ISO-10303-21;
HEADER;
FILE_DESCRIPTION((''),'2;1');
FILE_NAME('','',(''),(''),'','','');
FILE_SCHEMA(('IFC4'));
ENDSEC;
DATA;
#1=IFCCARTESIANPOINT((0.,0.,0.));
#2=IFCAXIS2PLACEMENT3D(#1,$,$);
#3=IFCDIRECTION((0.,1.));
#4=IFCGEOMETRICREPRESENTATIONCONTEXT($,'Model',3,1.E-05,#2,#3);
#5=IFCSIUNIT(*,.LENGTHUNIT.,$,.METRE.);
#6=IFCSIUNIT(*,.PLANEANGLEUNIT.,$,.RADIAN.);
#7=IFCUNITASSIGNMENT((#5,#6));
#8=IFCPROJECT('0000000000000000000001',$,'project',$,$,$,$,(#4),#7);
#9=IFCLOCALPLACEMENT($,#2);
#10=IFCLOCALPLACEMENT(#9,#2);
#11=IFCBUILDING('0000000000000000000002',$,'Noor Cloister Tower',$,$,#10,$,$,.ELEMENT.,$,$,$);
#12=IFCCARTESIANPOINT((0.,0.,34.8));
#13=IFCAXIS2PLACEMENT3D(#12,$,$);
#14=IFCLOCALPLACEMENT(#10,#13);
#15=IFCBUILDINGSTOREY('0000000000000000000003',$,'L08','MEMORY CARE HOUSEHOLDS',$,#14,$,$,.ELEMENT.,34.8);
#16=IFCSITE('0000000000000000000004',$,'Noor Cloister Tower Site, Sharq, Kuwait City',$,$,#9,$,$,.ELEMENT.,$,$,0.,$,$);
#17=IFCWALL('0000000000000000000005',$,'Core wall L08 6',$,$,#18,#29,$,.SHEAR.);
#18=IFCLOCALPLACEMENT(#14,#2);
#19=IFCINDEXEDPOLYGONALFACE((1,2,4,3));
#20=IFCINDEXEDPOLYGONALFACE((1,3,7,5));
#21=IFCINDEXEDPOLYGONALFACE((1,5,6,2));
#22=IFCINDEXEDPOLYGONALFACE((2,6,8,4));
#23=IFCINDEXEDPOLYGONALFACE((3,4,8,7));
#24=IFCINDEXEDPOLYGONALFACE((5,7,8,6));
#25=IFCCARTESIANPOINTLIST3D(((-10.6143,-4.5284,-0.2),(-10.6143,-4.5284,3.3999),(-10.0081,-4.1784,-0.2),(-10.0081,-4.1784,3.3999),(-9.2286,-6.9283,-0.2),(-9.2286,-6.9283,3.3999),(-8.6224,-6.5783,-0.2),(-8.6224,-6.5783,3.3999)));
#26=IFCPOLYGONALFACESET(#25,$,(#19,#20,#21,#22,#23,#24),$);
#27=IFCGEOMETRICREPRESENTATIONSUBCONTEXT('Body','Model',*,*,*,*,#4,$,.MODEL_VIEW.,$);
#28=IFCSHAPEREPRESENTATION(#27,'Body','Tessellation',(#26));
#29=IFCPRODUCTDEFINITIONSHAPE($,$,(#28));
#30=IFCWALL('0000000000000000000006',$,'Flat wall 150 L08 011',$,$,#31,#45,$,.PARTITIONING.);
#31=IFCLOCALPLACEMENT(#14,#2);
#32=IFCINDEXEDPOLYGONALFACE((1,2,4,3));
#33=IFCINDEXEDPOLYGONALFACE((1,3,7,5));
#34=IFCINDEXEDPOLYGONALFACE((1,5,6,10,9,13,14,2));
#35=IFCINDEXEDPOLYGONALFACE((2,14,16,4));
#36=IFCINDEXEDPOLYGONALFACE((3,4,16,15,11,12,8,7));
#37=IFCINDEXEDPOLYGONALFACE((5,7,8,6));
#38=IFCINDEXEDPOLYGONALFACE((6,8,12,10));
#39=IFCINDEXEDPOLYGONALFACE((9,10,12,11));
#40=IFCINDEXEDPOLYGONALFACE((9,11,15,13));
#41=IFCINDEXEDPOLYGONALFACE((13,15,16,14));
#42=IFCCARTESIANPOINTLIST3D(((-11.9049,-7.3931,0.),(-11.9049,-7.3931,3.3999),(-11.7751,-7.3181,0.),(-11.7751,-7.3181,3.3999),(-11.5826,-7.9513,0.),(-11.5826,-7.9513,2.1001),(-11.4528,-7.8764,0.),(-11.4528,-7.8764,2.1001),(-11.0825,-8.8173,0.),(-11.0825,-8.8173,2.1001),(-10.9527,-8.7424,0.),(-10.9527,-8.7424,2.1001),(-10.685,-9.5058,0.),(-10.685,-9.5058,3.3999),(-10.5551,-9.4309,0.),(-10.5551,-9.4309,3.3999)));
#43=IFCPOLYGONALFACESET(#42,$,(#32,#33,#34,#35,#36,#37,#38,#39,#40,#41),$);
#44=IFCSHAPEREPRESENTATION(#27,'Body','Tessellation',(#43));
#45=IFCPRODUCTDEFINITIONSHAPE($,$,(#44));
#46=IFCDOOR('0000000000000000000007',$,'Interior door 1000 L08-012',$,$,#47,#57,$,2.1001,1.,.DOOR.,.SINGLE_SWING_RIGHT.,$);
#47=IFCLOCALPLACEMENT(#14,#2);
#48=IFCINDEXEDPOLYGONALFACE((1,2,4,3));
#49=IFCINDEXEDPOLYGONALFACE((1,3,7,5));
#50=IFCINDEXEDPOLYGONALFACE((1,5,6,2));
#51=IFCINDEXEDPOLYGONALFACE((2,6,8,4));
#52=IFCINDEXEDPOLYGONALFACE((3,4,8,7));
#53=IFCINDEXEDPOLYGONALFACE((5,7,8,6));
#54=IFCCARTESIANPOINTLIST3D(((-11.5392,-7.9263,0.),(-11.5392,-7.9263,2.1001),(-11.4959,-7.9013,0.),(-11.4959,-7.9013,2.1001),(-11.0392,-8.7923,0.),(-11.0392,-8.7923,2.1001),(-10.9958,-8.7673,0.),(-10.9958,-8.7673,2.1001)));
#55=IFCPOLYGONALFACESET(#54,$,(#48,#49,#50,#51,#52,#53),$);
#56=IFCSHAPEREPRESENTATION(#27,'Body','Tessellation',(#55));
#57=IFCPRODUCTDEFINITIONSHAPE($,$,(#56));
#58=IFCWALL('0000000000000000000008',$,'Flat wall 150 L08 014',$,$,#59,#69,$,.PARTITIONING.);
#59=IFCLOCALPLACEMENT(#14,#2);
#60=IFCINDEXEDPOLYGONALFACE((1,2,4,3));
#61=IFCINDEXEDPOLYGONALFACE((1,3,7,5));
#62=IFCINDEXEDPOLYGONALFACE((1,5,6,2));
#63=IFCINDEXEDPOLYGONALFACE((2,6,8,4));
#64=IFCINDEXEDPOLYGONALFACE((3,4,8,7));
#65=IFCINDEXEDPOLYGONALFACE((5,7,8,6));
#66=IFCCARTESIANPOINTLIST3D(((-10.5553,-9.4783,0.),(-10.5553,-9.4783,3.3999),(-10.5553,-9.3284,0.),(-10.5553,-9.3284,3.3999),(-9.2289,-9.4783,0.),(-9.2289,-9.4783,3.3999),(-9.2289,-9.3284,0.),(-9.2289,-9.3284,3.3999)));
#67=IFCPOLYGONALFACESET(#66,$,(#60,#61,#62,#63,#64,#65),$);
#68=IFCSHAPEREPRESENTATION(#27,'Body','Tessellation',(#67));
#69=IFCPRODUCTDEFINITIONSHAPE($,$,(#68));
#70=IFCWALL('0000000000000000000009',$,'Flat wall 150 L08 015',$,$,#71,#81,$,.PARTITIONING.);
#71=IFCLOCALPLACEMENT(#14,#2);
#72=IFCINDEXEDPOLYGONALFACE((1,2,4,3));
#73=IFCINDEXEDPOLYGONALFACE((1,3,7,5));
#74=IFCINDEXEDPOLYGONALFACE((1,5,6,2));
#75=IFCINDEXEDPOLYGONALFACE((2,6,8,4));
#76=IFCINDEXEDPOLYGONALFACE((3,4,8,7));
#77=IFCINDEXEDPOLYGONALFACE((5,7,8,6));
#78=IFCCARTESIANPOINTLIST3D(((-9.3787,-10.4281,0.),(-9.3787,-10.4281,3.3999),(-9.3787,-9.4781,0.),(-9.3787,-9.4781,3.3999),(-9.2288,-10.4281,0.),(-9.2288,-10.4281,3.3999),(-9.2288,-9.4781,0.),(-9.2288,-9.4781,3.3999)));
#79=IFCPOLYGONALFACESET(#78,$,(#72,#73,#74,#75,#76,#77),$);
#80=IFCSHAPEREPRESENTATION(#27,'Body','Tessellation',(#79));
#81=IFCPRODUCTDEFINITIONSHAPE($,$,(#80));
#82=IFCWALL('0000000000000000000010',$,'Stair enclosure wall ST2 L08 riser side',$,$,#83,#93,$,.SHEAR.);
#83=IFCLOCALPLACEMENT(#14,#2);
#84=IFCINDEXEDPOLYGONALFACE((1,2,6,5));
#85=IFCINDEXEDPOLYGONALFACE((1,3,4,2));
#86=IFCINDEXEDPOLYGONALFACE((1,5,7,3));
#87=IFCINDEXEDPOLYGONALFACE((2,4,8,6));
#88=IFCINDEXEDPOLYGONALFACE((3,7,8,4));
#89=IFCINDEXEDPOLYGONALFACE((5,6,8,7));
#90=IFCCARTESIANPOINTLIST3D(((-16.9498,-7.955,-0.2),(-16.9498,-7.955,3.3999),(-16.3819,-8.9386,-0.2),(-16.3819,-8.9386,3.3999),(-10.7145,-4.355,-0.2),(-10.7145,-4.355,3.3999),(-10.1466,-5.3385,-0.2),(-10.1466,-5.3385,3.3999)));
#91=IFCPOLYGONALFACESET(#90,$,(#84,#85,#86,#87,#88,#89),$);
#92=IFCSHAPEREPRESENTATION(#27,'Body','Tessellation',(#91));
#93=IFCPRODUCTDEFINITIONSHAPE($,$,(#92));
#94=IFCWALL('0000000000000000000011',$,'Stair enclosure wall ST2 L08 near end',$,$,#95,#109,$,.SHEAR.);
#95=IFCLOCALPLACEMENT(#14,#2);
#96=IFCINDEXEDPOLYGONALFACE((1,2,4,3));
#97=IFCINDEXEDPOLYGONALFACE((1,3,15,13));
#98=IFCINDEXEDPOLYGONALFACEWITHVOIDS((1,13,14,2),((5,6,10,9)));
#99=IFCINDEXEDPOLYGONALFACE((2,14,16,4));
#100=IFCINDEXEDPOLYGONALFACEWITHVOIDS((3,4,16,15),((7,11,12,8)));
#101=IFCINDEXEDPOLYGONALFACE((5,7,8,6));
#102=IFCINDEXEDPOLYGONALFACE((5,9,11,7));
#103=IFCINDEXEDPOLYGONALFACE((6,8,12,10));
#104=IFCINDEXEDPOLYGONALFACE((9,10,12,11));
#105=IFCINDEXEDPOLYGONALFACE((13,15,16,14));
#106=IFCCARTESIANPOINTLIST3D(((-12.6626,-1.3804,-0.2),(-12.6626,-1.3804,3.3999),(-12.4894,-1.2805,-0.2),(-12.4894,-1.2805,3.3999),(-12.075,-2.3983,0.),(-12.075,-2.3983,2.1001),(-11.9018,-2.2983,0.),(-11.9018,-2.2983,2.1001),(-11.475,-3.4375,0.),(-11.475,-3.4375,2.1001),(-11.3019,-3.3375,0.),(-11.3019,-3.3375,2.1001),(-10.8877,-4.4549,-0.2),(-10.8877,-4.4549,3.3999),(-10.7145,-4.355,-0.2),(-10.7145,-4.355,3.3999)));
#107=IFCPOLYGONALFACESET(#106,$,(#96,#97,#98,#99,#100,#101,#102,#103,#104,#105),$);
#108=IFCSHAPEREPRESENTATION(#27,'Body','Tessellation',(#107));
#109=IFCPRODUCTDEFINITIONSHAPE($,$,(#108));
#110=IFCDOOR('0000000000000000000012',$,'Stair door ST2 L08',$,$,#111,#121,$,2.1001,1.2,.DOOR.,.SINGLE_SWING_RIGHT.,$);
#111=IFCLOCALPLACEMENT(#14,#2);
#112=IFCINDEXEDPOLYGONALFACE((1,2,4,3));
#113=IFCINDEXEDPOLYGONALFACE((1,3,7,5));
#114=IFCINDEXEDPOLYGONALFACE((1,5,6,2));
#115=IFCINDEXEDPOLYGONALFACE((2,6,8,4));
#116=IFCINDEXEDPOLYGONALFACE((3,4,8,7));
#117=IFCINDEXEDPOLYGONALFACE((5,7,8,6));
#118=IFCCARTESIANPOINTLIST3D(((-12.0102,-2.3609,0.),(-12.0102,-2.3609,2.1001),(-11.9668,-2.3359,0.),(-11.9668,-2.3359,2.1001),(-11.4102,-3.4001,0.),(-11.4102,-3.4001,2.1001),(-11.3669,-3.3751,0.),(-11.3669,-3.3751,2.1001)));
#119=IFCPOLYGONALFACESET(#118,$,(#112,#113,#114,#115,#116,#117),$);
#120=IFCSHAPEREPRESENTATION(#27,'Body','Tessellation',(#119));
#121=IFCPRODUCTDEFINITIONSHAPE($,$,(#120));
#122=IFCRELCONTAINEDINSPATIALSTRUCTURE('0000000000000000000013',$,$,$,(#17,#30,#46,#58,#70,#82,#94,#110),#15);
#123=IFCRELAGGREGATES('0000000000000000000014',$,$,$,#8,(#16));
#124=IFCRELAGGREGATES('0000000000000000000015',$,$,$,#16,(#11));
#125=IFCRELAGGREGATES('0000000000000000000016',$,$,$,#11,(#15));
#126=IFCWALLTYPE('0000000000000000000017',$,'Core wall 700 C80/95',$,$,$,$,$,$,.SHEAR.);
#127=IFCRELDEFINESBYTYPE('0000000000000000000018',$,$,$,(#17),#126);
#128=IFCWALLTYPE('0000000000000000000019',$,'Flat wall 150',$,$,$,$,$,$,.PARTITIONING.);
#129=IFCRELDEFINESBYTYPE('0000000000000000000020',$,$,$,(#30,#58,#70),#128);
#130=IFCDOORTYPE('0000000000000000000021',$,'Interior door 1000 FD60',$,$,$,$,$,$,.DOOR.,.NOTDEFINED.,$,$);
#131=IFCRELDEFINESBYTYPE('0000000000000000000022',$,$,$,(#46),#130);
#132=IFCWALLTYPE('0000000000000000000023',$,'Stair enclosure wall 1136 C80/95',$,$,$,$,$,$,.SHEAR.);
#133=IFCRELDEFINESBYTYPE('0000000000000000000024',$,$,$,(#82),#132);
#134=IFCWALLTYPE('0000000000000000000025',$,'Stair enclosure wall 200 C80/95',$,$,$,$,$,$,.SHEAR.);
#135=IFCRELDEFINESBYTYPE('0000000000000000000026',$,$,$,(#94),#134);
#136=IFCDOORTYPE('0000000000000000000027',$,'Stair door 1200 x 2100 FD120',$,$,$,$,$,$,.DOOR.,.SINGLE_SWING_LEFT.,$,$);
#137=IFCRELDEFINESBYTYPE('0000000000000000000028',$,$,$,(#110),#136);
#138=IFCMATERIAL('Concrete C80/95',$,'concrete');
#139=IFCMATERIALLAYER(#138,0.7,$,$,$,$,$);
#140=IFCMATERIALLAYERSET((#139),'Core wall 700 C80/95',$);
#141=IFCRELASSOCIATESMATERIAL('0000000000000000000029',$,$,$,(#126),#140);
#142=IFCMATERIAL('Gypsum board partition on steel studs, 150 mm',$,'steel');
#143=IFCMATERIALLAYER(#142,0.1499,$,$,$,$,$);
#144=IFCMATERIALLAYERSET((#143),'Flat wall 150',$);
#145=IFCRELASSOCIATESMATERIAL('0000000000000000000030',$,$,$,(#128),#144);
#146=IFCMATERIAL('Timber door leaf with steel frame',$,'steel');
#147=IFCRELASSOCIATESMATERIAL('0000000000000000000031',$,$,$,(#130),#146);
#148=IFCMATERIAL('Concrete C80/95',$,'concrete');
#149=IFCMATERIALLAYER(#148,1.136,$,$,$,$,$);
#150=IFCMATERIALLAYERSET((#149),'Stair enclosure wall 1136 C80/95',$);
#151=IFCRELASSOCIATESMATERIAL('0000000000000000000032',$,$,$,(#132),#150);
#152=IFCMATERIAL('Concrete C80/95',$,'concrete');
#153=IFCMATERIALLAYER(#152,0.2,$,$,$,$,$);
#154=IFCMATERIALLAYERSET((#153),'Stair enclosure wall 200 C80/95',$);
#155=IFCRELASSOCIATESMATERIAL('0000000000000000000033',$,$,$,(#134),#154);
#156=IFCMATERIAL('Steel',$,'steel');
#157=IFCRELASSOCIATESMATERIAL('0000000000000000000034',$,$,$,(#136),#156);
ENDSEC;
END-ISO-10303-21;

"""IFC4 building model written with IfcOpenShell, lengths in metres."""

from ifc_helpers import new_model, si_unit, direction, frame, frame_2d, origin, place, context, subcontext, project, spatial, rectangle, extrude, material, layer, layer_set, type_object, element, fill, save


model = new_model("IFC4")

# Units and contexts
model_context = context("Model", 3, precision=1e-05, world=origin(), true_north=direction((0.0, 1.0)))
body_context = subcontext(model_context, "Body", "Model", "MODEL_VIEW")
ifc_project = project(units=[si_unit("LENGTHUNIT", "METRE"), si_unit("PLANEANGLEUNIT", "RADIAN")], contexts=[model_context])

# Site, building, storey
site_placement = place(None, origin())
site = spatial("IfcSite", under=ifc_project, at=site_placement, Name="Noor Cloister Tower Site, Sharq, Kuwait City", CompositionType="ELEMENT", RefElevation=0.0)
building_placement = place(site_placement, origin())
building = spatial("IfcBuilding", under=site, at=building_placement, Name="Noor Cloister Tower", CompositionType="ELEMENT")
storey_placement = place(building_placement, frame((0.0, 0.0, 34.8)))
storey = spatial("IfcBuildingStorey", under=building, at=storey_placement, Name="L08", Description="MEMORY CARE HOUSEHOLDS", CompositionType="ELEMENT", Elevation=34.8)

# Shared definitions
ifc_material_1 = material(Name="Concrete C80/95", Category="concrete")
ifc_layer_1 = layer(ifc_material_1, 0.7)
ifc_layer_set_1 = layer_set([ifc_layer_1], Name="Core wall 700 C80/95")
wall_type_1 = type_object("IfcWallType", Name="Core wall 700 C80/95", PredefinedType="SHEAR", material=ifc_layer_set_1)

# Wall
wall_1_placement = place(storey_placement, frame((-10.3113, -4.3533, -0.2), z_axis=(0.0, 0.0, 1.0), x_axis=(0.500043, -0.866001, 0.0)))
element("IfcWall", 1, at=wall_1_placement, inside=storey, type_object=wall_type_1, Name="Core wall L08 6", PredefinedType="SHEAR", context=body_context, shape_type="SweptSolid", body=[
    extrude(rectangle(XDim=2.7712, YDim=0.7, at=frame_2d((1.3857, 0.0))), origin(), (0.0, 0.0, 1.0), 3.5999),
])

# Wall, opening, door
ifc_material_2 = material(Name="Gypsum board partition on steel studs, 150 mm", Category="steel")
ifc_layer_2 = layer(ifc_material_2, 0.1499)
ifc_layer_set_2 = layer_set([ifc_layer_2], Name="Flat wall 150")
wall_type_2 = type_object("IfcWallType", Name="Flat wall 150", PredefinedType="PARTITIONING", material=ifc_layer_set_2)
wall_2_placement = place(storey_placement, frame((-10.6201, -9.4683, 0.0), z_axis=(0.0, 0.0, 1.0), x_axis=(-0.500046, 0.865999, 0.0)))
wall_2 = element("IfcWall", 2, at=wall_2_placement, inside=storey, type_object=wall_type_2, Name="Flat wall 150 L08 011", PredefinedType="PARTITIONING", context=body_context, shape_type="SweptSolid", body=[
    extrude(rectangle(XDim=2.4397, YDim=0.1499, at=frame_2d((1.2197, 0.0))), origin(), (0.0, 0.0, 1.0), 3.3999),
])
opening_1_placement = place(wall_2_placement, frame((0.7949, 0.0, 0.0)))
opening_1 = element("IfcOpeningElement", 3, at=opening_1_placement, cuts=wall_2, PredefinedType="OPENING", context=body_context, shape_type="SweptSolid", body=[
    extrude(rectangle(XDim=1.0, YDim=2.1001, at=frame_2d((0.5, 1.05))), frame((0.0, 0.085, 0.0), z_axis=(0.0, -1.0, 0.0), x_axis=(1.0, 0.0, 0.0)), (0.0, 0.0, 1.0), 0.1699),
])
ifc_material_3 = material(Name="Timber door leaf with steel frame", Category="steel")
door_type_1 = type_object("IfcDoorType", Name="Interior door 1000 FD60", OperationType="NOTDEFINED", PredefinedType="DOOR", material=ifc_material_3)
door_1_placement = place(opening_1_placement, origin())
door_1 = element("IfcDoor", 4, at=door_1_placement, inside=storey, type_object=door_type_1, Name="Interior door 1000 L08-012", OperationType="SINGLE_SWING_RIGHT", OverallHeight=2.1001, OverallWidth=1.0, PredefinedType="DOOR", context=body_context, shape_type="SweptSolid", body=[
    extrude(rectangle(XDim=1.0, YDim=2.1001, at=frame_2d((0.5, 1.05))), frame((0.0, 0.0249, 0.0), z_axis=(0.0, -1.0, 0.0), x_axis=(1.0, 0.0, 0.0)), (0.0, 0.0, 1.0), 0.05),
])
fill(opening_1, door_1)

# Walls
wall_3_placement = place(storey_placement, frame((-10.5552, -9.4033, 0.0), z_axis=(0.0, 0.0, 1.0), x_axis=(1.0, 0.0, 0.0)))
element("IfcWall", 5, at=wall_3_placement, inside=storey, type_object=wall_type_2, Name="Flat wall 150 L08 014", PredefinedType="PARTITIONING", context=body_context, shape_type="SweptSolid", body=[
    extrude(rectangle(XDim=1.3264, YDim=0.1499, at=frame_2d((0.6631, 0.0))), origin(), (0.0, 0.0, 1.0), 3.3999),
])
wall_4_placement = place(storey_placement, frame((-9.3037, -10.4282, 0.0), z_axis=(0.0, 0.0, 1.0), x_axis=(0.0, 1.0, 0.0)))
element("IfcWall", 6, at=wall_4_placement, inside=storey, type_object=wall_type_2, Name="Flat wall 150 L08 015", PredefinedType="PARTITIONING", context=body_context, shape_type="SweptSolid", body=[
    extrude(rectangle(XDim=0.95, YDim=0.1499, at=frame_2d((0.4751, 0.0))), origin(), (0.0, 0.0, 1.0), 3.3999),
])
ifc_material_4 = material(Name="Concrete C80/95", Category="concrete")
ifc_layer_3 = layer(ifc_material_4, 1.136)
ifc_layer_set_3 = layer_set([ifc_layer_3], Name="Stair enclosure wall 1136 C80/95")
wall_type_3 = type_object("IfcWallType", Name="Stair enclosure wall 1136 C80/95", PredefinedType="SHEAR", material=ifc_layer_set_3)
wall_5_placement = place(storey_placement, frame((-10.4304, -4.8467, -0.2), z_axis=(0.0, 0.0, 1.0), x_axis=(-0.866018, -0.500012, 0.0)))
element("IfcWall", 7, at=wall_5_placement, inside=storey, type_object=wall_type_3, Name="Stair enclosure wall ST2 L08 riser side", PredefinedType="SHEAR", context=body_context, shape_type="SweptSolid", body=[
    extrude(rectangle(XDim=7.2, YDim=1.1357, at=frame_2d((3.6001, 0.0))), origin(), (0.0, 0.0, 1.0), 3.5999),
])

# Wall, opening, door
ifc_material_5 = material(Name="Concrete C80/95", Category="concrete")
ifc_layer_4 = layer(ifc_material_5, 0.2)
ifc_layer_set_4 = layer_set([ifc_layer_4], Name="Stair enclosure wall 200 C80/95")
wall_type_4 = type_object("IfcWallType", Name="Stair enclosure wall 200 C80/95", PredefinedType="SHEAR", material=ifc_layer_set_4)
wall_6_placement = place(storey_placement, frame((-12.5759, -1.3306, -0.2), z_axis=(0.0, 0.0, 1.0), x_axis=(0.49997, -0.866042, 0.0)))
wall_6 = element("IfcWall", 8, at=wall_6_placement, inside=storey, type_object=wall_type_4, Name="Stair enclosure wall ST2 L08 near end", PredefinedType="SHEAR", context=body_context, shape_type="SweptSolid", body=[
    extrude(rectangle(XDim=3.55, YDim=0.2, at=frame_2d((1.7749, 0.0))), origin(), (0.0, 0.0, 1.0), 3.5999),
])
opening_2_placement = place(wall_6_placement, frame((1.175, 0.0, 0.2)))
opening_2 = element("IfcOpeningElement", 9, at=opening_2_placement, cuts=wall_6, PredefinedType="OPENING", context=body_context, shape_type="SweptSolid", body=[
    extrude(rectangle(XDim=1.2, YDim=2.1001, at=frame_2d((0.6001, 1.05))), frame((0.0, 0.1099, 0.0), z_axis=(0.0, -1.0, 0.0), x_axis=(1.0, 0.0, 0.0)), (0.0, 0.0, 1.0), 0.22),
])
ifc_material_6 = material(Name="Steel", Category="steel")
door_type_2 = type_object("IfcDoorType", Name="Stair door 1200 x 2100 FD120", OperationType="SINGLE_SWING_LEFT", PredefinedType="DOOR", material=ifc_material_6)
door_2_placement = place(opening_2_placement, origin())
door_2 = element("IfcDoor", 10, at=door_2_placement, inside=storey, type_object=door_type_2, Name="Stair door ST2 L08", OperationType="SINGLE_SWING_RIGHT", OverallHeight=2.1001, OverallWidth=1.2, PredefinedType="DOOR", context=body_context, shape_type="SweptSolid", body=[
    extrude(rectangle(XDim=1.2, YDim=2.1001, at=frame_2d((0.6001, 1.05))), frame((0.0, 0.0249, 0.0), z_axis=(0.0, -1.0, 0.0), x_axis=(1.0, 0.0, 0.0)), (0.0, 0.0, 1.0), 0.05),
])
fill(opening_2, door_2)

save(model, "model.ifc")
